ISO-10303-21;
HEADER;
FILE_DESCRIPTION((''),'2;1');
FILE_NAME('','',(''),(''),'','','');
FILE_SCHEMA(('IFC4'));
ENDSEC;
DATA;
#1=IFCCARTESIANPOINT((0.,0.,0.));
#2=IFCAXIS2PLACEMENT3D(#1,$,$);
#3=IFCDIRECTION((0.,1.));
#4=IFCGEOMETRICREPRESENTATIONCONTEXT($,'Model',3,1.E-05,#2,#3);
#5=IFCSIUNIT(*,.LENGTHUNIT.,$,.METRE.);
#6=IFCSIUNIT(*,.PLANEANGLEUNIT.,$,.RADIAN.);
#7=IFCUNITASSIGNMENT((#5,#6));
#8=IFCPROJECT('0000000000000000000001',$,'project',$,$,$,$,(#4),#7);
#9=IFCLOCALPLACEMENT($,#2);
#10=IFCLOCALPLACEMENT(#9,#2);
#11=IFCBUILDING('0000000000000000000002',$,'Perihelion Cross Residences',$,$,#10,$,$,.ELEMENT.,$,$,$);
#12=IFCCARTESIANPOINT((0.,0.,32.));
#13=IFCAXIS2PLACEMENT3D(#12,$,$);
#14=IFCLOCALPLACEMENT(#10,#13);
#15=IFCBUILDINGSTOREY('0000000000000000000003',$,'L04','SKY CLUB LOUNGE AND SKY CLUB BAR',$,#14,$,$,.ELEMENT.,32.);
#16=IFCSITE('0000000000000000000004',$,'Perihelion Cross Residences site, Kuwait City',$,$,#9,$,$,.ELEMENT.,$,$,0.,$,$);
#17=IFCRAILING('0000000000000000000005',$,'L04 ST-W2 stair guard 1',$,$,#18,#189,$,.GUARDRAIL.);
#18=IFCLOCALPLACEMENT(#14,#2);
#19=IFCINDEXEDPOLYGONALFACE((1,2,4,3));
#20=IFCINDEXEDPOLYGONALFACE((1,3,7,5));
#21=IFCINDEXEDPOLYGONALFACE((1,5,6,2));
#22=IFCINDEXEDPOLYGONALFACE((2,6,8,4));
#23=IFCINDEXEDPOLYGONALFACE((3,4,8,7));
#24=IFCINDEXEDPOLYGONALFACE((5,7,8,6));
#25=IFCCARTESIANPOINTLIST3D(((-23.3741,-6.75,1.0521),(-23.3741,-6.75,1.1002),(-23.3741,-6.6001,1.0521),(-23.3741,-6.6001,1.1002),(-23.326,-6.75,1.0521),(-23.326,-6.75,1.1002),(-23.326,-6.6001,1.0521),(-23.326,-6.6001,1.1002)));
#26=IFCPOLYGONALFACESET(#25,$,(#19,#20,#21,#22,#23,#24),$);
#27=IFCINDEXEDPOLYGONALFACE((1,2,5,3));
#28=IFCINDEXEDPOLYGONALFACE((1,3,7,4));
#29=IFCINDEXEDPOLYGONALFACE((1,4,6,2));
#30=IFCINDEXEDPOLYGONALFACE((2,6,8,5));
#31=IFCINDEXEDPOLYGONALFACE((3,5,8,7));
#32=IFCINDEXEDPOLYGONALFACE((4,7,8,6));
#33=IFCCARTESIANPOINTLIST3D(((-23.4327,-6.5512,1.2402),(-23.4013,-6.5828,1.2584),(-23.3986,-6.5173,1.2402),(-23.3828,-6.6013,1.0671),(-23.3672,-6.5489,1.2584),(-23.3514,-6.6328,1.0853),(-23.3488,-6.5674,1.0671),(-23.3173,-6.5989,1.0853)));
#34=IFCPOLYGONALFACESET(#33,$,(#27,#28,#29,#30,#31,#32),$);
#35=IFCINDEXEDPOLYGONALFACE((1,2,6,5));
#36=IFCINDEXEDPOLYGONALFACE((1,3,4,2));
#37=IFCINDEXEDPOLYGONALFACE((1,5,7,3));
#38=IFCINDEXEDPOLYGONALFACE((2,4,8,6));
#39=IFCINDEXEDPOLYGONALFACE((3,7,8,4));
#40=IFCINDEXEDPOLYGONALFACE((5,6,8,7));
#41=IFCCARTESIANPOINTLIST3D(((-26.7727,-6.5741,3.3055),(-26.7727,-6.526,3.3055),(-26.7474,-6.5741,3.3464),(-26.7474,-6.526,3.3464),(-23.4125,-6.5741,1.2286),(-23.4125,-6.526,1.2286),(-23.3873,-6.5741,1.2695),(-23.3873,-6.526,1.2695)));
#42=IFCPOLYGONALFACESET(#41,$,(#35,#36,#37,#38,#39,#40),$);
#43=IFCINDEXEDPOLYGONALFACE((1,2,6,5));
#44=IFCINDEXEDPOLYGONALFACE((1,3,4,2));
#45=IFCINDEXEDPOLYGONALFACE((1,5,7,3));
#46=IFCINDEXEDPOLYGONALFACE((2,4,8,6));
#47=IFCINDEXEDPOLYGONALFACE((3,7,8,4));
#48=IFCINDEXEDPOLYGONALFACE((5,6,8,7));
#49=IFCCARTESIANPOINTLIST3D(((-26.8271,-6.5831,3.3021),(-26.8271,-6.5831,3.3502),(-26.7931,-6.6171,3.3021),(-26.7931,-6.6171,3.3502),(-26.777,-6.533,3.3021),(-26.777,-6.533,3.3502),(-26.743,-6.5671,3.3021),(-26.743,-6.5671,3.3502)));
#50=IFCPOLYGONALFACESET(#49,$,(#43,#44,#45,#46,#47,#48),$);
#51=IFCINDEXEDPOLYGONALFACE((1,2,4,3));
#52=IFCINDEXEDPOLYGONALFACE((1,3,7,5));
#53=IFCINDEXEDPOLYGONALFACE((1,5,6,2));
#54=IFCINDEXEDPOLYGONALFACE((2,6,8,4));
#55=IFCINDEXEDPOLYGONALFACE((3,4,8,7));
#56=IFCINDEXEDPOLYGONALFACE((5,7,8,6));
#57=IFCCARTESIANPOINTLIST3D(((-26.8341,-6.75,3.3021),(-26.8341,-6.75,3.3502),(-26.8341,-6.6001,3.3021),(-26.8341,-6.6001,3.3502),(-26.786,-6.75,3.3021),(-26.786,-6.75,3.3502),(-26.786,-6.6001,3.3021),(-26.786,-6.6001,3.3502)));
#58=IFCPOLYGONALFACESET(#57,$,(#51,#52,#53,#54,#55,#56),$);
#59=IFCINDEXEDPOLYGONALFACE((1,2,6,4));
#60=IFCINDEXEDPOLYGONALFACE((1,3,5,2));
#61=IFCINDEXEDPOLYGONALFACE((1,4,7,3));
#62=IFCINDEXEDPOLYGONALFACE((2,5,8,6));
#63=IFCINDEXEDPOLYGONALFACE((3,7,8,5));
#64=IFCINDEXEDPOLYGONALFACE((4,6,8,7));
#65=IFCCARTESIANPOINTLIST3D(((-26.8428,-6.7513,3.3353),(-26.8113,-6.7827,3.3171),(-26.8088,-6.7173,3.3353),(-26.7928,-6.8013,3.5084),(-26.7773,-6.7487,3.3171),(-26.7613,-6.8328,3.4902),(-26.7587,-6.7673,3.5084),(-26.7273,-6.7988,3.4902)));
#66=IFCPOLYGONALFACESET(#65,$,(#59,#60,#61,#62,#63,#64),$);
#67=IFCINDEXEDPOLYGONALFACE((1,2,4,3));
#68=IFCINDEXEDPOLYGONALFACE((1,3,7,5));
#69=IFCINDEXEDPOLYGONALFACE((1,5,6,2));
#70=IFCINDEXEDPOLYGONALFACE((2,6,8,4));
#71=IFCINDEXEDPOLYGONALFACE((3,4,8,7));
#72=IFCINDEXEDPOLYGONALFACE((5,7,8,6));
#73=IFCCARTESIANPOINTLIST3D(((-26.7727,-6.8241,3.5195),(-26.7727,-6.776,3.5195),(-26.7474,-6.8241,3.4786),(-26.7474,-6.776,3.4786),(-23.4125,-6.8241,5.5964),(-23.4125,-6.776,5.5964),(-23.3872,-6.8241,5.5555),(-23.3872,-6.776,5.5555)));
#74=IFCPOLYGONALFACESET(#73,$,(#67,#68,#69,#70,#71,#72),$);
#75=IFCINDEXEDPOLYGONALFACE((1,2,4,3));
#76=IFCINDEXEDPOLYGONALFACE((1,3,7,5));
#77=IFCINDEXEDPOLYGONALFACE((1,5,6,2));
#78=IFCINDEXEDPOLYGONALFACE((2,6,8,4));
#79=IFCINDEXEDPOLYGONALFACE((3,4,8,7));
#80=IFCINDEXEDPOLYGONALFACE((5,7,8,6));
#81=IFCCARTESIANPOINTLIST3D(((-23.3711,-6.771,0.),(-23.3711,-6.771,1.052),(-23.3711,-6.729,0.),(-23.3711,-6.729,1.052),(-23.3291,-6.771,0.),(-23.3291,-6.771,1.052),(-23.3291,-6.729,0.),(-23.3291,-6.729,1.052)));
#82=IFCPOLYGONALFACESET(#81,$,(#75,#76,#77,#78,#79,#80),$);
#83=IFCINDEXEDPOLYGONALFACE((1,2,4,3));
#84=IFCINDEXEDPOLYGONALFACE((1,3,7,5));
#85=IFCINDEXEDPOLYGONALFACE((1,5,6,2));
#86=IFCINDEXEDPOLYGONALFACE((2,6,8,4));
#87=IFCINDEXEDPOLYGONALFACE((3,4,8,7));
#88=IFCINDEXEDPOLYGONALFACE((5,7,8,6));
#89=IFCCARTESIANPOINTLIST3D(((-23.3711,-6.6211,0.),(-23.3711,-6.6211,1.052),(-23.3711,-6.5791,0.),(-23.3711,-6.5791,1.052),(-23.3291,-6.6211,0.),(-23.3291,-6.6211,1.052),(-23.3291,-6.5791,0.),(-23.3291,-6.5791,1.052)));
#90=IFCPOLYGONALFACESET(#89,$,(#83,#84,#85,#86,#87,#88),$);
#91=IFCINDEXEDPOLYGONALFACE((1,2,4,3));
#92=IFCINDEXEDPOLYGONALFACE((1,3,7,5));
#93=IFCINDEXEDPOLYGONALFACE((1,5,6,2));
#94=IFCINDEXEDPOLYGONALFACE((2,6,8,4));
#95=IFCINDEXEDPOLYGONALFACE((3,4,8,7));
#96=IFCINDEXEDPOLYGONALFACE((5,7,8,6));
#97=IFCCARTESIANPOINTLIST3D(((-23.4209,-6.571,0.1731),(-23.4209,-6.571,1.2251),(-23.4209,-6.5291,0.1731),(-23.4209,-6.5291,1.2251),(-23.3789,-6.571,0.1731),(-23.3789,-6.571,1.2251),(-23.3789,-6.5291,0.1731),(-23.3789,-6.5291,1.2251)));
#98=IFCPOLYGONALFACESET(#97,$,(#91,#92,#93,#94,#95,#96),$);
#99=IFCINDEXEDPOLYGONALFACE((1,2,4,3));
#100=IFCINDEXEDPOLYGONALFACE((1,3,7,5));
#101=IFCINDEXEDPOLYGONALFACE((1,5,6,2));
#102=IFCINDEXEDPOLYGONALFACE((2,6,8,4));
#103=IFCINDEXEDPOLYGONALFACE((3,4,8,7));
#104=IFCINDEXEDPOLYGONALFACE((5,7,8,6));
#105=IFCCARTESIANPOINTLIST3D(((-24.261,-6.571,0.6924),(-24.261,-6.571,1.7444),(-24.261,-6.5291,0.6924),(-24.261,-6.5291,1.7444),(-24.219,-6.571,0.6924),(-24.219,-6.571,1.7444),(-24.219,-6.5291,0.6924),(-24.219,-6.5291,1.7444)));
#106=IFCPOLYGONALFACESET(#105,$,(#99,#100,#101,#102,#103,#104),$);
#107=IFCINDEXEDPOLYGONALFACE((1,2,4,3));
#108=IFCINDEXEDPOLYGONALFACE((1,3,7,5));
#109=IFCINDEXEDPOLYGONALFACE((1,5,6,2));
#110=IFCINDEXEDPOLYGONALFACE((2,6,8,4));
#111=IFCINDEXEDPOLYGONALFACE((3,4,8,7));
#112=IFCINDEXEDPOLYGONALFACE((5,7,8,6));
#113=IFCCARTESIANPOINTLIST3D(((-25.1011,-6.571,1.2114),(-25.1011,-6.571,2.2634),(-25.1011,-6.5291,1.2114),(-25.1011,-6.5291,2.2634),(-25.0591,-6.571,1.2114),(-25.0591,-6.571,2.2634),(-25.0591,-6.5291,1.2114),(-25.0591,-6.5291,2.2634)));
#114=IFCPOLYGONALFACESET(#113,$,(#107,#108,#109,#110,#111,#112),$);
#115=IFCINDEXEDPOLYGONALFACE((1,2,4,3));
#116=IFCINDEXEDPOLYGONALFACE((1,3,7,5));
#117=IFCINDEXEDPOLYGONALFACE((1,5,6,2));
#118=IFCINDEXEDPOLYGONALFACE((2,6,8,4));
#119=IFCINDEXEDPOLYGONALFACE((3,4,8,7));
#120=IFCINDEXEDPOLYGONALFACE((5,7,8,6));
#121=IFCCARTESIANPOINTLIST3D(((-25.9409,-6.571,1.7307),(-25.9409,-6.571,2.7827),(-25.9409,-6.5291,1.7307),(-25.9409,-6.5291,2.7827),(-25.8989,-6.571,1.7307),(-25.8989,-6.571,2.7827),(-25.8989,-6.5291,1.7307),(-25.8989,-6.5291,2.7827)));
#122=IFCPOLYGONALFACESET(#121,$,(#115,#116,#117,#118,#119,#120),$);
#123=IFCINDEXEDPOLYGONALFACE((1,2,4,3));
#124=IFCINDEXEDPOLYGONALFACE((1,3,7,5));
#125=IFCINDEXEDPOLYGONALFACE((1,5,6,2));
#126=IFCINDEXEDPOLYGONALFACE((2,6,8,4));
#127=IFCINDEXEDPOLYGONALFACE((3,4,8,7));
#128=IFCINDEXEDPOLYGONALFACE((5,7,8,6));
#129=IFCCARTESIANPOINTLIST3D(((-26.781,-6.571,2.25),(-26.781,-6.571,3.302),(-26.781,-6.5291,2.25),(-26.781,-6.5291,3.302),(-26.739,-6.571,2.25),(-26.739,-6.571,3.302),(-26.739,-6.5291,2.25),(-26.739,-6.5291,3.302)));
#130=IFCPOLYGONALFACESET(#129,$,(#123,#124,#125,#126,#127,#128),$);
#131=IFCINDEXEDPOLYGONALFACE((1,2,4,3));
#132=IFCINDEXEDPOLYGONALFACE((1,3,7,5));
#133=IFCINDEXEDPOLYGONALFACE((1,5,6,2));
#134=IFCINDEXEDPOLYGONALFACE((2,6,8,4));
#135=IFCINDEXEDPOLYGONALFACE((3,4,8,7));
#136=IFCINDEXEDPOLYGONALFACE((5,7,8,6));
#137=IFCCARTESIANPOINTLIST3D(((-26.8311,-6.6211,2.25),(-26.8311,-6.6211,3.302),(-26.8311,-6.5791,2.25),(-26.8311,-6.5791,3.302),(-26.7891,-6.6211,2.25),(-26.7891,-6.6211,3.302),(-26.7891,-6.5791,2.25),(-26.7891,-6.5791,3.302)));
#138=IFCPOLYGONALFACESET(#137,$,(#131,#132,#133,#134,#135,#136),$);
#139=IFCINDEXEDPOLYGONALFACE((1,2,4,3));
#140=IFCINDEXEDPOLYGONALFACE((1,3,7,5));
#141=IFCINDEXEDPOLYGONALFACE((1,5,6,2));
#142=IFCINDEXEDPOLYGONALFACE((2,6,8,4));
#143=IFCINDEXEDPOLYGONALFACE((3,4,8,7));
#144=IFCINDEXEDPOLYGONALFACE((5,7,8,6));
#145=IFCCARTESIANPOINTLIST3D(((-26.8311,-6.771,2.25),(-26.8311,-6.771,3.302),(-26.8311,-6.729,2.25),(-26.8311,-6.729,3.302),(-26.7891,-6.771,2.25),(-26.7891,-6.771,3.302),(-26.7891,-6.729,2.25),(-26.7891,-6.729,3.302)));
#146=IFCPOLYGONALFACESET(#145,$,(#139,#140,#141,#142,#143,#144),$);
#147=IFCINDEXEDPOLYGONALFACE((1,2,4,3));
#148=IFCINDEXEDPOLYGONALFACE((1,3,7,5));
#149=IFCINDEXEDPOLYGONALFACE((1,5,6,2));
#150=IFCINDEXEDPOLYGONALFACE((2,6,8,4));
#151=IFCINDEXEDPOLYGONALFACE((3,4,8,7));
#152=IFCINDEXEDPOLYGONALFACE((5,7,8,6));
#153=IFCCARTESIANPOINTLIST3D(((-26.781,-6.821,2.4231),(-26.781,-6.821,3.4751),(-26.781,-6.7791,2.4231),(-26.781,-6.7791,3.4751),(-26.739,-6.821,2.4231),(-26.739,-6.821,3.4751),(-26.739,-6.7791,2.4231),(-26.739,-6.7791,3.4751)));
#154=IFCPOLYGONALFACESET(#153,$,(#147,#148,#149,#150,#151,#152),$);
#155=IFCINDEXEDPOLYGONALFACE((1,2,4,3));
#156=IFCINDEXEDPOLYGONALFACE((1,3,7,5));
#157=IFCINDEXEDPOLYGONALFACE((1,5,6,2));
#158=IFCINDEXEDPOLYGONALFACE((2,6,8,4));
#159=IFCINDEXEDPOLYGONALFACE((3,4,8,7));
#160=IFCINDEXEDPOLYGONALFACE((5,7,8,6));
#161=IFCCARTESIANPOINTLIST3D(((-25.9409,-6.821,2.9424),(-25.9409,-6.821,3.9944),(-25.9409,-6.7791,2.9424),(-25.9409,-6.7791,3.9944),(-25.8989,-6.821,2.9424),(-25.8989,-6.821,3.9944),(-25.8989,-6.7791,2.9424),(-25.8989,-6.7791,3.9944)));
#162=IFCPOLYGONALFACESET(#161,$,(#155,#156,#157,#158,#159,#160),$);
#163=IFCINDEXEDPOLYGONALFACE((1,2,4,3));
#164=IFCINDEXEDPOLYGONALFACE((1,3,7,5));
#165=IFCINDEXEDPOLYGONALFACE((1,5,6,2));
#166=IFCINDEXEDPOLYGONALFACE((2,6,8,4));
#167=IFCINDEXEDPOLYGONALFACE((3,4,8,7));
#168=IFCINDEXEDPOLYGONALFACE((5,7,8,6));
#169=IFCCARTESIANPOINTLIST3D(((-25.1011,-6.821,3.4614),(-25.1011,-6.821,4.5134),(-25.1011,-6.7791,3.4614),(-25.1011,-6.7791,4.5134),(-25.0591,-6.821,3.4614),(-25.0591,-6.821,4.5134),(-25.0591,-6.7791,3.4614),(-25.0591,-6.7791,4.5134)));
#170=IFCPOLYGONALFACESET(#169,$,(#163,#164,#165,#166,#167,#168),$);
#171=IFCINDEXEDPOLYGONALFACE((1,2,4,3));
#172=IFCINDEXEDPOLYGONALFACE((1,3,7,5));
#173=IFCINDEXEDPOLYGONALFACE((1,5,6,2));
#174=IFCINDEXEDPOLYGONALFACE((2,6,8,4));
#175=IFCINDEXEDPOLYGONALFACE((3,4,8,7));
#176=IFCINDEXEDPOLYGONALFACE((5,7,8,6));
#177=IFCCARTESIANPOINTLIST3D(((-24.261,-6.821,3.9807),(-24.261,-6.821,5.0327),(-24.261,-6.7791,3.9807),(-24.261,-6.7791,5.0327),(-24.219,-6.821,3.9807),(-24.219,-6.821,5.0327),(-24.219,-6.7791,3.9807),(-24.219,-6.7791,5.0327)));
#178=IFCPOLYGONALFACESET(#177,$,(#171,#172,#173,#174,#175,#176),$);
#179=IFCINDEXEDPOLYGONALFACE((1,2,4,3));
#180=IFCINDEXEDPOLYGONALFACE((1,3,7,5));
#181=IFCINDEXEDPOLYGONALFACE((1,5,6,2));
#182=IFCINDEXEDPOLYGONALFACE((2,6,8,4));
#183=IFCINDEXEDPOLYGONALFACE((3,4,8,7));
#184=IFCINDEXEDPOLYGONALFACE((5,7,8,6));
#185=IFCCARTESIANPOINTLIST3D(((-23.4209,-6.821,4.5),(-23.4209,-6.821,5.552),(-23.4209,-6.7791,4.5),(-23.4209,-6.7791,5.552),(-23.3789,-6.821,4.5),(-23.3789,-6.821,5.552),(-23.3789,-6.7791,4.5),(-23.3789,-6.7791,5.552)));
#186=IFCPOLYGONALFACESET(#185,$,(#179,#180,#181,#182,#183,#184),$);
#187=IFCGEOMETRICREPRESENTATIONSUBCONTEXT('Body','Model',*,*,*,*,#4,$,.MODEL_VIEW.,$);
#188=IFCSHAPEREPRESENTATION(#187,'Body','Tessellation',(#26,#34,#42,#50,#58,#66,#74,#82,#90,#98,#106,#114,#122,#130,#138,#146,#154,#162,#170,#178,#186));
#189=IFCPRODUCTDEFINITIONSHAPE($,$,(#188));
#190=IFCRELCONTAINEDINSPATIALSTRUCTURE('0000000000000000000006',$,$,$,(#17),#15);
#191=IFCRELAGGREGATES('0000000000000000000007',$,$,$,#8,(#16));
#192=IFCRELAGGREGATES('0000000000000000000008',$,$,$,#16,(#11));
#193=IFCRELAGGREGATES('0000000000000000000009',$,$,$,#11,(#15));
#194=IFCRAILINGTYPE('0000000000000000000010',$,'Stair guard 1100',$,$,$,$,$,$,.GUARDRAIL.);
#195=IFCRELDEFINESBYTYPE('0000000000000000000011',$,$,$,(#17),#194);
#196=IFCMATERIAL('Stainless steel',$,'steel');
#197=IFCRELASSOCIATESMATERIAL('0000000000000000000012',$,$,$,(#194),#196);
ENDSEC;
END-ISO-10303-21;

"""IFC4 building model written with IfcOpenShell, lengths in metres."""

from ifc_helpers import new_model, si_unit, direction, frame, origin, origin_2d, place, context, subcontext, project, spatial, rectangle, extrude, material, type_object, element, save


model = new_model("IFC4")

# Units and contexts
model_context = context("Model", 3, precision=1e-05, world=origin(), true_north=direction((0.0, 1.0)))
body_context = subcontext(model_context, "Body", "Model", "MODEL_VIEW")
ifc_project = project(units=[si_unit("LENGTHUNIT", "METRE"), si_unit("PLANEANGLEUNIT", "RADIAN")], contexts=[model_context])

# Site, building, storey
site_placement = place(None, origin())
site = spatial("IfcSite", under=ifc_project, at=site_placement, Name="Perihelion Cross Residences site, Kuwait City", CompositionType="ELEMENT", RefElevation=0.0)
building_placement = place(site_placement, origin())
building = spatial("IfcBuilding", under=site, at=building_placement, Name="Perihelion Cross Residences", CompositionType="ELEMENT")
storey_placement = place(building_placement, frame((0.0, 0.0, 32.0)))
storey = spatial("IfcBuildingStorey", under=building, at=storey_placement, Name="L04", Description="SKY CLUB LOUNGE AND SKY CLUB BAR", CompositionType="ELEMENT", Elevation=32.0)

# Railing
ifc_material_1 = material(Name="Stainless steel", Category="steel")
railing_type_1 = type_object("IfcRailingType", Name="Stair guard 1100", PredefinedType="GUARDRAIL", material=ifc_material_1)
railing_1_placement = place(storey_placement, frame((-23.3501, -6.75, 0.0)))
element("IfcRailing", 1, at=railing_1_placement, inside=storey, type_object=railing_type_1, Name="L04 ST-W2 stair guard 1", PredefinedType="GUARDRAIL", context=body_context, shape_type="SweptSolid", body=[
    extrude(rectangle(XDim=0.0481, YDim=0.0481, at=origin_2d()), frame((0.0, 0.0, 1.0762), z_axis=(0.0, 1.0, 0.0), x_axis=(-1.0, 0.0, 0.0)), (0.0, 0.0, 1.0), 0.1499),
    extrude(rectangle(XDim=0.0481, YDim=0.0481, at=origin_2d()), frame((0.0, 0.1499, 1.0762), z_axis=(-0.266417, 0.267723, 0.92593), x_axis=(-0.708834, -0.705376, 0.0)), (0.0, 0.0, 1.0), 0.187),
    extrude(rectangle(XDim=0.0481, YDim=0.0481, at=origin_2d()), frame((-0.0498, 0.2, 1.249), z_axis=(-0.850623, 0.0, 0.525776), x_axis=(0.0, -1.0, 0.0)), (0.0, 0.0, 1.0), 3.9502),
    extrude(rectangle(XDim=0.0481, YDim=0.0481, at=origin_2d()), frame((-3.4099, 0.2, 3.3262), z_axis=(-0.707107, -0.707107, 0.0), x_axis=(0.707107, -0.707107, 0.0)), (0.0, 0.0, 1.0), 0.0708),
    extrude(rectangle(XDim=0.0481, YDim=0.0481, at=origin_2d()), frame((-3.46, 0.1499, 3.3262), z_axis=(0.0, -1.0, 0.0), x_axis=(1.0, 0.0, 0.0)), (0.0, 0.0, 1.0), 0.1499),
    extrude(rectangle(XDim=0.0481, YDim=0.0481, at=origin_2d()), frame((-3.46, 0.0, 3.3262), z_axis=(0.26763, -0.26763, 0.925607), x_axis=(0.707107, 0.707107, 0.0)), (0.0, 0.0, 1.0), 0.187),
    extrude(rectangle(XDim=0.0481, YDim=0.0481, at=origin_2d()), frame((-3.4099, -0.05, 3.499), z_axis=(0.850623, 0.0, 0.525776), x_axis=(0.0, 1.0, 0.0)), (0.0, 0.0, 1.0), 3.9502),
    extrude(rectangle(XDim=0.042, YDim=0.042, at=origin_2d()), origin(), (0.0, 0.0, 1.0), 1.052),
    extrude(rectangle(XDim=0.042, YDim=0.042, at=origin_2d()), frame((0.0, 0.1499, 0.0)), (0.0, 0.0, 1.0), 1.052),
    extrude(rectangle(XDim=0.042, YDim=0.042, at=origin_2d()), frame((-0.0498, 0.2, 0.1731)), (0.0, 0.0, 1.0), 1.052),
    extrude(rectangle(XDim=0.042, YDim=0.042, at=origin_2d()), frame((-0.8899, 0.2, 0.6924)), (0.0, 0.0, 1.0), 1.052),
    extrude(rectangle(XDim=0.042, YDim=0.042, at=origin_2d()), frame((-1.73, 0.2, 1.2114)), (0.0, 0.0, 1.0), 1.052),
    extrude(rectangle(XDim=0.042, YDim=0.042, at=origin_2d()), frame((-2.5698, 0.2, 1.7307)), (0.0, 0.0, 1.0), 1.052),
    extrude(rectangle(XDim=0.042, YDim=0.042, at=origin_2d()), frame((-3.4099, 0.2, 2.25)), (0.0, 0.0, 1.0), 1.052),
    extrude(rectangle(XDim=0.042, YDim=0.042, at=origin_2d()), frame((-3.46, 0.1499, 2.25)), (0.0, 0.0, 1.0), 1.052),
    extrude(rectangle(XDim=0.042, YDim=0.042, at=origin_2d()), frame((-3.46, 0.0, 2.25)), (0.0, 0.0, 1.0), 1.052),
    extrude(rectangle(XDim=0.042, YDim=0.042, at=origin_2d()), frame((-3.4099, -0.05, 2.4231)), (0.0, 0.0, 1.0), 1.052),
    extrude(rectangle(XDim=0.042, YDim=0.042, at=origin_2d()), frame((-2.5698, -0.05, 2.9424)), (0.0, 0.0, 1.0), 1.052),
    extrude(rectangle(XDim=0.042, YDim=0.042, at=origin_2d()), frame((-1.73, -0.05, 3.4614)), (0.0, 0.0, 1.0), 1.052),
    extrude(rectangle(XDim=0.042, YDim=0.042, at=origin_2d()), frame((-0.8899, -0.05, 3.9807)), (0.0, 0.0, 1.0), 1.052),
    extrude(rectangle(XDim=0.042, YDim=0.042, at=origin_2d()), frame((-0.0498, -0.05, 4.5)), (0.0, 0.0, 1.0), 1.052),
])

save(model, "model.ifc")
